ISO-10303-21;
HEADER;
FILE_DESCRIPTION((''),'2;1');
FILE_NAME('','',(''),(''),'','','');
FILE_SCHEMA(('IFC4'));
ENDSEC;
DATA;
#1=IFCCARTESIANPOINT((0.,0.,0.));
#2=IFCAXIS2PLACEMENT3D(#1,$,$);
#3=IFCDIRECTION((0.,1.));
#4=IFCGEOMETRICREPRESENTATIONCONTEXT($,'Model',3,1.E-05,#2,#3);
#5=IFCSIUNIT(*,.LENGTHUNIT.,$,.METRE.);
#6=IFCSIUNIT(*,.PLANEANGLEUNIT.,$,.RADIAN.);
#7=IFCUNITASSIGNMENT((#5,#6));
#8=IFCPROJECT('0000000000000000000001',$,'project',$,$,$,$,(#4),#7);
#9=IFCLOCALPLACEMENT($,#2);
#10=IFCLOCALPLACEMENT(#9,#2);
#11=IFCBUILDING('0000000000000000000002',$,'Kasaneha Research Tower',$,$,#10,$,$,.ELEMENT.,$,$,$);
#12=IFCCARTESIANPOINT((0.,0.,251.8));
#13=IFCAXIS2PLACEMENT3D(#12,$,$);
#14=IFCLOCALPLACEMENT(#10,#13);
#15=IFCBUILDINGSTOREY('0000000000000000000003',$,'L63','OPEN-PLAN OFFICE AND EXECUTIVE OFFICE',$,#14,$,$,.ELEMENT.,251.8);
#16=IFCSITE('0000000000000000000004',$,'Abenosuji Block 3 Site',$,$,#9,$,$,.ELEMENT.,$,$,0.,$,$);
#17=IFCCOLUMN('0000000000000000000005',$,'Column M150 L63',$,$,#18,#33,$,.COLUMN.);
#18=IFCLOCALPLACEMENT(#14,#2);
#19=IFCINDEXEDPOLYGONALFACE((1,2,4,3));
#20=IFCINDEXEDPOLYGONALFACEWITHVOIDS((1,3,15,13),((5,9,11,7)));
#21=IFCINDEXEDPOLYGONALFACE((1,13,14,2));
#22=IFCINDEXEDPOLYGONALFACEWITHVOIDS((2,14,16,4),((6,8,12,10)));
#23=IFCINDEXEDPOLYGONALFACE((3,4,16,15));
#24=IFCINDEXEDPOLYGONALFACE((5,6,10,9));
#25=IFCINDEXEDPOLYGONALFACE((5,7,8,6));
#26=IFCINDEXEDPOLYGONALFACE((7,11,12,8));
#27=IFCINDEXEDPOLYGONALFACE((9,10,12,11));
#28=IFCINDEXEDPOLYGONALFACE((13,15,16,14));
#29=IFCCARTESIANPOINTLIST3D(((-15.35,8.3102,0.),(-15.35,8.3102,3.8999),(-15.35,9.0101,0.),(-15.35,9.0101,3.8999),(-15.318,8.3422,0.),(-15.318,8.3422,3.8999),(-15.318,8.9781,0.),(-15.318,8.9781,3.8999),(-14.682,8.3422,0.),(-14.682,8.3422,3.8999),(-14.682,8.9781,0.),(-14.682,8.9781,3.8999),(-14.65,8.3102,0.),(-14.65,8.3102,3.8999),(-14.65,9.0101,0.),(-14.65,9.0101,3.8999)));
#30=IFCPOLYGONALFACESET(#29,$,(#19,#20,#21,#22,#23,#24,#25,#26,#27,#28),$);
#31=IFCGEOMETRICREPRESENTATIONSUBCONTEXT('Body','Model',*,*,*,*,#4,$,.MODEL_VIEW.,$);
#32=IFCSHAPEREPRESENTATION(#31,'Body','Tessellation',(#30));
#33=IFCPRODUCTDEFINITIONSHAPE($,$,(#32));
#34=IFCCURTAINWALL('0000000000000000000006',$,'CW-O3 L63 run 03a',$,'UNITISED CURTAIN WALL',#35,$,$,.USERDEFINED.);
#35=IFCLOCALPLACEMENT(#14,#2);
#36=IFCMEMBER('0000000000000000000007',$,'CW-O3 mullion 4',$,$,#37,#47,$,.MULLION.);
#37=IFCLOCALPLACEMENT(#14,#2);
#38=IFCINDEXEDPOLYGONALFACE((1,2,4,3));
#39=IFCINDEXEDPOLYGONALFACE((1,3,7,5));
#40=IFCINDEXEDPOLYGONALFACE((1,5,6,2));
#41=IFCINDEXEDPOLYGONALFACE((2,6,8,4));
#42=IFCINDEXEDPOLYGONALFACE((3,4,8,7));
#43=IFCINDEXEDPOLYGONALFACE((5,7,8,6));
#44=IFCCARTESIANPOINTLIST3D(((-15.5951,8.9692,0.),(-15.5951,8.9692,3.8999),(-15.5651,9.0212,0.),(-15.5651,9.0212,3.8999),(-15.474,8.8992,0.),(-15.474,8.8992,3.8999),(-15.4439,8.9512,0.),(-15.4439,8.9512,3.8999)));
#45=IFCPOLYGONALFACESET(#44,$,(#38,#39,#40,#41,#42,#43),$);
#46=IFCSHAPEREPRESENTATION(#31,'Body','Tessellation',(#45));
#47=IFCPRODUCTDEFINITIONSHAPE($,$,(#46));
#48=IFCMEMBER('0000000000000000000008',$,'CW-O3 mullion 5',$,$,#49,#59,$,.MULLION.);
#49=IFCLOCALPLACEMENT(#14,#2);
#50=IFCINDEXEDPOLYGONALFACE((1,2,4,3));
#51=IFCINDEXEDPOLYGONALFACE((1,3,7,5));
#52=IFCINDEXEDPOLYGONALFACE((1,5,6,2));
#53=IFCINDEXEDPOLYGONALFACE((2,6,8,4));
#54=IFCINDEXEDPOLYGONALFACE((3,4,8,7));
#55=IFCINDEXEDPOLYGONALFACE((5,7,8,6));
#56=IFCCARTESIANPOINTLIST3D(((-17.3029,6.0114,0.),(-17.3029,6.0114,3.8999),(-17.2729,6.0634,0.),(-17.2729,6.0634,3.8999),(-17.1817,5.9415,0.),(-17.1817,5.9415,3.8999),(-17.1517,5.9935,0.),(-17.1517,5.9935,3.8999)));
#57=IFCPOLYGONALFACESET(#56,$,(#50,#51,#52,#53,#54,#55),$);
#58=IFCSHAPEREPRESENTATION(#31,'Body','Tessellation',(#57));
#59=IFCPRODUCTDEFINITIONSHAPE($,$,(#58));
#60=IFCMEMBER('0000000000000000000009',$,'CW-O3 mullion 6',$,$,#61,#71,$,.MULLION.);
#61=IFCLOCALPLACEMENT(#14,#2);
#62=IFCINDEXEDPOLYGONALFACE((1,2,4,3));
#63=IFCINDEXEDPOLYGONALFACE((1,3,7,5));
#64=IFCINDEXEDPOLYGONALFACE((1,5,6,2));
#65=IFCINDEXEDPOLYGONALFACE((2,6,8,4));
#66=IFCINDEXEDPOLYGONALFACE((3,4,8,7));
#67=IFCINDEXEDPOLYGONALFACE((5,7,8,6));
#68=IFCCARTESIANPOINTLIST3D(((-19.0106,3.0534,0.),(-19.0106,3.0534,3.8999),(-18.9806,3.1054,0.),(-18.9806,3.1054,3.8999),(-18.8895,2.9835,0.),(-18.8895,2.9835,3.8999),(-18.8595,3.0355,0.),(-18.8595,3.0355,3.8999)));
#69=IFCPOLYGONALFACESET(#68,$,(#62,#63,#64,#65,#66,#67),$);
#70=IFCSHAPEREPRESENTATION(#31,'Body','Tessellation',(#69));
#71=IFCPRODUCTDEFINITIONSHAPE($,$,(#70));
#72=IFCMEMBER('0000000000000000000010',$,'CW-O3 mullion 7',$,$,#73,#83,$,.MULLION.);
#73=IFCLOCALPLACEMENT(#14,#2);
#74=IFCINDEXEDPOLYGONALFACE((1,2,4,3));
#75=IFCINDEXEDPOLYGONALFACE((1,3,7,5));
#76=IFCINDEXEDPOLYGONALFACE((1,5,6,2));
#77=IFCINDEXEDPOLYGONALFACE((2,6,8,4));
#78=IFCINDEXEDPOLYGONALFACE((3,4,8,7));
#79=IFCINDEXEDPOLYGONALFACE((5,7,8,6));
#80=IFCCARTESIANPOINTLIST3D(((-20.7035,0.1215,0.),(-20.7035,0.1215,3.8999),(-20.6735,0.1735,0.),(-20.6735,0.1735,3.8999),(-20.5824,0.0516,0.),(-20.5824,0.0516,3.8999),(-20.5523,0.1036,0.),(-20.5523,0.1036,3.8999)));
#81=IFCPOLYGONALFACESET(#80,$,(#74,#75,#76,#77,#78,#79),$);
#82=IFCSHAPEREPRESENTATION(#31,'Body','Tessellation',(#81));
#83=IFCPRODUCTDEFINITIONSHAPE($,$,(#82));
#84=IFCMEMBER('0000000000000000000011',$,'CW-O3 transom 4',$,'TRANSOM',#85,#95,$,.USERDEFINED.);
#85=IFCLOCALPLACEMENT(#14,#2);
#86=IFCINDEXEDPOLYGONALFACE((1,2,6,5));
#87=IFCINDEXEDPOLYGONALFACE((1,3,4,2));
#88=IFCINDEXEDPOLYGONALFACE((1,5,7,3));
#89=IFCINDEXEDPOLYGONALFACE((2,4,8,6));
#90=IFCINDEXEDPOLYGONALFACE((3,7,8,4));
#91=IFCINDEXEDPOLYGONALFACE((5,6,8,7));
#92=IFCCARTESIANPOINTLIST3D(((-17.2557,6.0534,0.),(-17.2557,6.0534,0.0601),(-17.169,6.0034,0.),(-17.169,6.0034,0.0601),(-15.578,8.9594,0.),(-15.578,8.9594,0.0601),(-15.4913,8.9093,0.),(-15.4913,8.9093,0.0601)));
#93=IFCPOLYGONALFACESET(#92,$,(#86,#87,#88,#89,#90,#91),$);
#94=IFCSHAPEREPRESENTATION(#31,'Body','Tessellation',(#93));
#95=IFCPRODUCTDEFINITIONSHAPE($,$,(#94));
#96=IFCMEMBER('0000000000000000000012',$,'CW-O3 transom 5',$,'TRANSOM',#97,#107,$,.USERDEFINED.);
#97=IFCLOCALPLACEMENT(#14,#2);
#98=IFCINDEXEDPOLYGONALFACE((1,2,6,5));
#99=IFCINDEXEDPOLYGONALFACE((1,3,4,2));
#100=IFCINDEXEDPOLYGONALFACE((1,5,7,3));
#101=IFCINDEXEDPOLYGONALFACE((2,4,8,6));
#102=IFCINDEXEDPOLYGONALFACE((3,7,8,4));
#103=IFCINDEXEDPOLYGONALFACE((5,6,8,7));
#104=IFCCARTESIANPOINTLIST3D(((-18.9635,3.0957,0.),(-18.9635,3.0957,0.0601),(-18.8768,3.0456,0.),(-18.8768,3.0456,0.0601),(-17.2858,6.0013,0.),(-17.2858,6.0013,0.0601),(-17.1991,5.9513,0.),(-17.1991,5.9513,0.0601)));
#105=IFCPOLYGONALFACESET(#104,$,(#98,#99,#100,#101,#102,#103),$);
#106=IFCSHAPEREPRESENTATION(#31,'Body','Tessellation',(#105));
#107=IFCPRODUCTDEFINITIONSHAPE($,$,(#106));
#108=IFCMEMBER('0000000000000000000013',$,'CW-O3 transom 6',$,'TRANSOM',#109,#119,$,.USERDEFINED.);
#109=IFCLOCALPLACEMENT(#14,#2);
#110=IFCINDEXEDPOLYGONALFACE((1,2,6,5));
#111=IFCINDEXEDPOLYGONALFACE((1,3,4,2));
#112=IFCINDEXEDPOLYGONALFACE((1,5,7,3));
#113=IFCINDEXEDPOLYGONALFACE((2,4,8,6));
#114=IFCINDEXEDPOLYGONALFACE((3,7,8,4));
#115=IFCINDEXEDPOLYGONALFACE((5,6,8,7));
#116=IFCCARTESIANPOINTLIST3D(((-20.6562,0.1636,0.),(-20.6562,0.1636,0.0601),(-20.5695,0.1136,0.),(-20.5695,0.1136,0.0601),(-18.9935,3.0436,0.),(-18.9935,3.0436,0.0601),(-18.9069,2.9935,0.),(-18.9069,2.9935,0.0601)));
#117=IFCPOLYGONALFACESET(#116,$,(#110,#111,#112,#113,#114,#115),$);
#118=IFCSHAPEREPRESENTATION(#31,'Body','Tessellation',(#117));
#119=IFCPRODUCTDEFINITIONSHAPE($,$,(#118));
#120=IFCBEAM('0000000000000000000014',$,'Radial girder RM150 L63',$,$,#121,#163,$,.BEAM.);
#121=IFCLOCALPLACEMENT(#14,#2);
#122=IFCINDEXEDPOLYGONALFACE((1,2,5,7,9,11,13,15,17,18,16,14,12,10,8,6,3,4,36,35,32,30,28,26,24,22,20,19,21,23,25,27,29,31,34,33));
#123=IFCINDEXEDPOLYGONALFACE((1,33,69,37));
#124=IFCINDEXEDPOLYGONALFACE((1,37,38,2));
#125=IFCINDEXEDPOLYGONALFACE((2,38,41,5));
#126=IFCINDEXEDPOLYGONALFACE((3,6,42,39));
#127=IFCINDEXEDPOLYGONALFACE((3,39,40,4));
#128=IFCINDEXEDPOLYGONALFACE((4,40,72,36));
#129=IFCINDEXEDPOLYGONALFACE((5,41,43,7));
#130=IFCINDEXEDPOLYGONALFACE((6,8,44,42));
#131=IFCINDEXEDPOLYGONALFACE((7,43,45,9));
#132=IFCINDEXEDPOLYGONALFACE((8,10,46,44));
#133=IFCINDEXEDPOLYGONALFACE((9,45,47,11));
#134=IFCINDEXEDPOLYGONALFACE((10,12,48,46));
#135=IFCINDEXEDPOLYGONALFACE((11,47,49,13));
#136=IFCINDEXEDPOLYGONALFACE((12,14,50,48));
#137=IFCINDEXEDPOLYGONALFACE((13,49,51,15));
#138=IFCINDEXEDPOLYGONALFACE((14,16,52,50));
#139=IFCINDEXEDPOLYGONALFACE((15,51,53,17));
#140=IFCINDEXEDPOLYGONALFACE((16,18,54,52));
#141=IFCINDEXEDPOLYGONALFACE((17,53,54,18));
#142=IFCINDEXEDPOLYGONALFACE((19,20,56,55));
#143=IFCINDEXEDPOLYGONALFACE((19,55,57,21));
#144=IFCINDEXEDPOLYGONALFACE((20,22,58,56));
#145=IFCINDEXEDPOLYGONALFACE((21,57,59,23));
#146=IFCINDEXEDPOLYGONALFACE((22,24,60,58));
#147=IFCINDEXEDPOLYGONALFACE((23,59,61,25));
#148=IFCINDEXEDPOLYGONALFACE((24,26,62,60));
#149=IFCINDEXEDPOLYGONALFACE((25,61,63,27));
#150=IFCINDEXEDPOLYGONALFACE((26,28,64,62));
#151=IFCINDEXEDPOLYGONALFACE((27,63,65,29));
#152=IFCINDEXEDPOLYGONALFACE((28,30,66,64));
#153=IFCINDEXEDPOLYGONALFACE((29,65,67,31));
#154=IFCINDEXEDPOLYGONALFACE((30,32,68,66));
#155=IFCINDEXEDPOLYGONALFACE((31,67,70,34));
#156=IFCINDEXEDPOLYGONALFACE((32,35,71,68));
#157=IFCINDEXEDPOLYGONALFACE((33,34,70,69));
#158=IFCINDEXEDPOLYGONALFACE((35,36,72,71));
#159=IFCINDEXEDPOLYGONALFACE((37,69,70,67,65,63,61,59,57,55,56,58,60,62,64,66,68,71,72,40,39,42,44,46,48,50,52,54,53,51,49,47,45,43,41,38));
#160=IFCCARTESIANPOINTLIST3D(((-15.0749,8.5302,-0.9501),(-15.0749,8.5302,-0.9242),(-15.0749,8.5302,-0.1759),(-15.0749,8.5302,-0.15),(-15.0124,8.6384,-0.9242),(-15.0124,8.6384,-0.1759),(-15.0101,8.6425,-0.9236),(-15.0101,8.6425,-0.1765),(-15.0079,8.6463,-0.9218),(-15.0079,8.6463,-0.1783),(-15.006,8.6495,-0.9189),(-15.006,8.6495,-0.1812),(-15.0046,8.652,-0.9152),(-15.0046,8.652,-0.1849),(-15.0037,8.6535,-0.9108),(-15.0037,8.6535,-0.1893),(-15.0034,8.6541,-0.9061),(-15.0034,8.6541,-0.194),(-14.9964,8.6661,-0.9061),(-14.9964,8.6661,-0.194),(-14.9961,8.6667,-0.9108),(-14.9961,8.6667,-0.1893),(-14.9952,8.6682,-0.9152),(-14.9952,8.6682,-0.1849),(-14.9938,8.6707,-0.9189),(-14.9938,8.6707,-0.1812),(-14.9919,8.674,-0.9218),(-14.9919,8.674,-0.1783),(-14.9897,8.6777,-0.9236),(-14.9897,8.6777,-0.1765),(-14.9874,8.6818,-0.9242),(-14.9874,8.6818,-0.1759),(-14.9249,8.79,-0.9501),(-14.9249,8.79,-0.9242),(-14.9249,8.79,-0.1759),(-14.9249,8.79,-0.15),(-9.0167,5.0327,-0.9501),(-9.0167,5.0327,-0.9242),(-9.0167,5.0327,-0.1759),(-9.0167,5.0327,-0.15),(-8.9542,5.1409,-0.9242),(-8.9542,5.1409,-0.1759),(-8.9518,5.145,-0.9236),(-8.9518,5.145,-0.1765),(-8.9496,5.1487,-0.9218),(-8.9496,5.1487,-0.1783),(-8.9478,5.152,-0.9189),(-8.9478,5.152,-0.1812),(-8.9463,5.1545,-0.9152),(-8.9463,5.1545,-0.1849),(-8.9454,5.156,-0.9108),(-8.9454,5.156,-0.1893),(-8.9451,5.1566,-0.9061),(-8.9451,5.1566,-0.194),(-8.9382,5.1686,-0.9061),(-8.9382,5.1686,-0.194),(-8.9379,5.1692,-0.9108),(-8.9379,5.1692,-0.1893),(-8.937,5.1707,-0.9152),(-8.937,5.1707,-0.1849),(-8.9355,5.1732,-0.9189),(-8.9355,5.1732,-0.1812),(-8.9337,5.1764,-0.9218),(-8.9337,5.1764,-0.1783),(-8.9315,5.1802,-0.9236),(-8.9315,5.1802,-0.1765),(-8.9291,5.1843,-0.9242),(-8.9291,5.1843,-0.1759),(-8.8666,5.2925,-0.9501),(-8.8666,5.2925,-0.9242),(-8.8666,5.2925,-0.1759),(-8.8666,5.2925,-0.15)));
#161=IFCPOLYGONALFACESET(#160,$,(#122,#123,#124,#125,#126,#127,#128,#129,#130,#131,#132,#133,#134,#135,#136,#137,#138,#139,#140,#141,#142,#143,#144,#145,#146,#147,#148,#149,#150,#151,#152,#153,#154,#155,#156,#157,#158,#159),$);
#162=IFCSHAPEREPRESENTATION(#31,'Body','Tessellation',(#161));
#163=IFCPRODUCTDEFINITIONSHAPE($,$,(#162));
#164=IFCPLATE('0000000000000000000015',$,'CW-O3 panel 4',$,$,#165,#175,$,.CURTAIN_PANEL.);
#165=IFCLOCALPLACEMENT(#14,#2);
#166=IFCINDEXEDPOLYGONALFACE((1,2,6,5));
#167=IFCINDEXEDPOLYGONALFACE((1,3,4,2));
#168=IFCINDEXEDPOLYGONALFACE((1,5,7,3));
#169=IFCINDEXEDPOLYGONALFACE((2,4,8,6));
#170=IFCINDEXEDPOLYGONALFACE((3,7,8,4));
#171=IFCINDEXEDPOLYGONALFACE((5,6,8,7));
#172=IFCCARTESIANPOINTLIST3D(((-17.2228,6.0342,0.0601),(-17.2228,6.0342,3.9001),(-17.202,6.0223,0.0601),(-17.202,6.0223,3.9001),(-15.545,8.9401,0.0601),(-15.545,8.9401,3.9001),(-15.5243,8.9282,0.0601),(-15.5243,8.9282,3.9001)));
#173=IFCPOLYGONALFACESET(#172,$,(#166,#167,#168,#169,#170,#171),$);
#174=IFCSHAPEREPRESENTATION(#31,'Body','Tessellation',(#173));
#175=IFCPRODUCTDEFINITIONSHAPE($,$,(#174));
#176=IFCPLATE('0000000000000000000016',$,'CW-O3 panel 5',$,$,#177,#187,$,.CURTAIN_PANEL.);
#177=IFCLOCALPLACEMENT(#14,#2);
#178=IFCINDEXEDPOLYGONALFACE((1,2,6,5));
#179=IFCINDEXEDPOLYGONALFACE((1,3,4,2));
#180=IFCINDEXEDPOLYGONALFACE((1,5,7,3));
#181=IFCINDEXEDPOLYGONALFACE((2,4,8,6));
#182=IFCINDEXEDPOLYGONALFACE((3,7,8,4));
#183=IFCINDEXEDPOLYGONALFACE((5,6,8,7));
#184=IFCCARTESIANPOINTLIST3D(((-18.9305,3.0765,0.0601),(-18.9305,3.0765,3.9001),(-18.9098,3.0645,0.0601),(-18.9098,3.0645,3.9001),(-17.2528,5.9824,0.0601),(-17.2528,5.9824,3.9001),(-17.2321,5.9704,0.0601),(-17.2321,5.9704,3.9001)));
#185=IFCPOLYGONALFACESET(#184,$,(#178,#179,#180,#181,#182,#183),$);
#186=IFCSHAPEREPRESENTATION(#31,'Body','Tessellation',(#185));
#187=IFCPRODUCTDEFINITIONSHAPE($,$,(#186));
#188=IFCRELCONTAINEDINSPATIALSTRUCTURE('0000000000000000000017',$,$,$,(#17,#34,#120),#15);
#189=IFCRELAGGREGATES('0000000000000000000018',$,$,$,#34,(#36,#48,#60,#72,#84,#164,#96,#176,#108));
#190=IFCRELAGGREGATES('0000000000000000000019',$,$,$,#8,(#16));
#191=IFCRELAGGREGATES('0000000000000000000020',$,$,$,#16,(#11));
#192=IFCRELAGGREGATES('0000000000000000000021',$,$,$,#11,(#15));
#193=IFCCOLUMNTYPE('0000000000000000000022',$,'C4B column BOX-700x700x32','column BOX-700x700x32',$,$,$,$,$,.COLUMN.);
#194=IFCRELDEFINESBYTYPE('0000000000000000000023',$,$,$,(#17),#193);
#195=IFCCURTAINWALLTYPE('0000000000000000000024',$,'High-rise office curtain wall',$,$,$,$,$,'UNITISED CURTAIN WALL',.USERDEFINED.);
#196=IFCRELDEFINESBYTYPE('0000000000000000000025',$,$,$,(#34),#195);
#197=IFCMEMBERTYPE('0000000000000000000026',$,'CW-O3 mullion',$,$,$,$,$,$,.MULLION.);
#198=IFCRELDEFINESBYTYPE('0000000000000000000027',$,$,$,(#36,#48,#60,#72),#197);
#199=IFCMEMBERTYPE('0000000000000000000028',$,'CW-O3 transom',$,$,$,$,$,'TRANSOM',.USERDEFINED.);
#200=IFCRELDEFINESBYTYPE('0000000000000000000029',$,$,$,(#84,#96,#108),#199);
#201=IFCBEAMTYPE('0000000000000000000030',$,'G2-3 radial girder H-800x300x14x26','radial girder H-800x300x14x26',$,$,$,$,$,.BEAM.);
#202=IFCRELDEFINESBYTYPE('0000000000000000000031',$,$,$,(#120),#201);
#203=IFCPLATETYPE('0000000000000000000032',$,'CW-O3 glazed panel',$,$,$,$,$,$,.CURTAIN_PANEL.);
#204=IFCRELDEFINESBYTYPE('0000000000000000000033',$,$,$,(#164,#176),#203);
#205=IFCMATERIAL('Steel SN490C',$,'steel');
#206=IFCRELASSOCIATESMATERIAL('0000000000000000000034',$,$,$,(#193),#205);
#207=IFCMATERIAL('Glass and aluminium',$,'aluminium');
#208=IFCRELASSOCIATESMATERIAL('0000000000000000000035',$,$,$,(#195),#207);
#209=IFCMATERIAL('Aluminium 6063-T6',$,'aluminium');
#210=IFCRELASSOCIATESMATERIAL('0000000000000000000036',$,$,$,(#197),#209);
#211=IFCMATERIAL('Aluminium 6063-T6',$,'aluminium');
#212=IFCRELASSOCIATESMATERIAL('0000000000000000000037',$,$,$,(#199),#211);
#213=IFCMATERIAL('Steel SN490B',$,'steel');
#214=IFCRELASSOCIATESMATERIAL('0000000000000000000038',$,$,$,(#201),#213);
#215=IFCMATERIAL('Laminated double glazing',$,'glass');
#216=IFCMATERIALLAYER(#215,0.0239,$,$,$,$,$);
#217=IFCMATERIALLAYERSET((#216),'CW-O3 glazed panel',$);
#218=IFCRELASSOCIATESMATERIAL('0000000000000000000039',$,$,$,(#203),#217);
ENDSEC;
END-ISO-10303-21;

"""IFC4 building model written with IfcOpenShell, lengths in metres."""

from ifc_helpers import new_model, si_unit, direction, frame, origin, origin_2d, place, context, subcontext, project, spatial, rectangle, hollow_rectangle, i_section, extrude, material, layer, layer_set, material_profile, profile_set, type_object, element, aggregate, save


model = new_model("IFC4")

# Units and contexts
model_context = context("Model", 3, precision=1e-05, world=origin(), true_north=direction((0.0, 1.0)))
body_context = subcontext(model_context, "Body", "Model", "MODEL_VIEW")
ifc_project = project(units=[si_unit("LENGTHUNIT", "METRE"), si_unit("PLANEANGLEUNIT", "RADIAN")], contexts=[model_context])

# Site, building, storey
site_placement = place(None, origin())
site = spatial("IfcSite", under=ifc_project, at=site_placement, Name="Abenosuji Block 3 Site", CompositionType="ELEMENT", RefElevation=0.0)
building_placement = place(site_placement, origin())
building = spatial("IfcBuilding", under=site, at=building_placement, Name="Kasaneha Research Tower", CompositionType="ELEMENT")
storey_placement = place(building_placement, frame((0.0, 0.0, 251.8)))
storey = spatial("IfcBuildingStorey", under=building, at=storey_placement, Name="L63", Description="OPEN-PLAN OFFICE AND EXECUTIVE OFFICE", CompositionType="ELEMENT", Elevation=251.8)

# Column
ifc_material_1 = material(Name="Steel SN490C", Category="steel")
ifc_material_profile_1 = material_profile(ifc_material_1, hollow_rectangle(XDim=0.7, YDim=0.7, WallThickness=0.032, at=origin_2d()), Name="BOX-700x700x32")
ifc_profile_set_1 = profile_set([ifc_material_profile_1], Name="Steel SN490C")
column_type = type_object("IfcColumnType", Name="C4B column BOX-700x700x32", Description="column BOX-700x700x32", PredefinedType="COLUMN", material=ifc_profile_set_1)
column_placement = place(storey_placement, frame((-15.0, 8.6602, 0.0), z_axis=(0.0, 0.0, 1.0), x_axis=(1.0, 0.0, 0.0)))
element("IfcColumn", 1, at=column_placement, inside=storey, type_object=column_type, Name="Column M150 L63", PredefinedType="COLUMN", context=body_context, shape_type="SweptSolid", body=[
    extrude(hollow_rectangle(XDim=0.7, YDim=0.7, WallThickness=0.032, at=origin_2d()), origin(), (0.0, 0.0, 1.0), 3.8999),
])

# Curtain wall, members
ifc_material_2 = material(Name="Glass and aluminium", Category="aluminium")
curtain_wall_type = type_object("IfcCurtainWallType", Name="High-rise office curtain wall", ElementType="UNITISED CURTAIN WALL", PredefinedType="USERDEFINED", material=ifc_material_2)
curtain_wall_placement = place(storey_placement, origin())
curtain_wall = element("IfcCurtainWall", 2, at=curtain_wall_placement, inside=storey, type_object=curtain_wall_type, Name="CW-O3 L63 run 03a", ObjectType="UNITISED CURTAIN WALL", PredefinedType="USERDEFINED")
ifc_material_3 = material(Name="Aluminium 6063-T6", Category="aluminium")
ifc_material_profile_2 = material_profile(ifc_material_3, rectangle(XDim=0.0601, YDim=0.1399, at=origin_2d()), Name="CW-O3 mullion 60x140")
ifc_profile_set_2 = profile_set([ifc_material_profile_2], Name="Aluminium 6063-T6")
member_type_1 = type_object("IfcMemberType", Name="CW-O3 mullion", PredefinedType="MULLION", material=ifc_profile_set_2)
member_1_placement = place(storey_placement, frame((-15.5195, 8.9602, 0.0), z_axis=(0.0, 0.0, 1.0), x_axis=(-0.5, -0.866025, 0.0)))
member_1 = element("IfcMember", 3, at=member_1_placement, type_object=member_type_1, Name="CW-O3 mullion 4", PredefinedType="MULLION", context=body_context, shape_type="SweptSolid", body=[
    extrude(rectangle(XDim=0.0601, YDim=0.1399, at=origin_2d()), origin(), (0.0, 0.0, 1.0), 3.8999),
])
member_2_placement = place(storey_placement, frame((-17.2273, 6.0024, 0.0), z_axis=(0.0, 0.0, 1.0), x_axis=(-0.5, -0.866025, 0.0)))
member_2 = element("IfcMember", 4, at=member_2_placement, type_object=member_type_1, Name="CW-O3 mullion 5", PredefinedType="MULLION", context=body_context, shape_type="SweptSolid", body=[
    extrude(rectangle(XDim=0.0601, YDim=0.1399, at=origin_2d()), origin(), (0.0, 0.0, 1.0), 3.8999),
])
member_3_placement = place(storey_placement, frame((-18.9351, 3.0444, 0.0), z_axis=(0.0, 0.0, 1.0), x_axis=(-0.5, -0.866025, 0.0)))
member_3 = element("IfcMember", 5, at=member_3_placement, type_object=member_type_1, Name="CW-O3 mullion 6", PredefinedType="MULLION", context=body_context, shape_type="SweptSolid", body=[
    extrude(rectangle(XDim=0.0601, YDim=0.1399, at=origin_2d()), origin(), (0.0, 0.0, 1.0), 3.8999),
])
member_4_placement = place(storey_placement, frame((-20.6279, 0.1125, 0.0), z_axis=(0.0, 0.0, 1.0), x_axis=(-0.5, -0.866025, 0.0)))
member_4 = element("IfcMember", 6, at=member_4_placement, type_object=member_type_1, Name="CW-O3 mullion 7", PredefinedType="MULLION", context=body_context, shape_type="SweptSolid", body=[
    extrude(rectangle(XDim=0.0601, YDim=0.1399, at=origin_2d()), origin(), (0.0, 0.0, 1.0), 3.8999),
])
ifc_material_4 = material(Name="Aluminium 6063-T6", Category="aluminium")
ifc_material_profile_3 = material_profile(ifc_material_4, rectangle(XDim=0.1001, YDim=0.0601, at=origin_2d()), Name="CW-O3 transom 100x60")
ifc_profile_set_3 = profile_set([ifc_material_profile_3], Name="Aluminium 6063-T6")
member_type_2 = type_object("IfcMemberType", Name="CW-O3 transom", ElementType="TRANSOM", PredefinedType="USERDEFINED", material=ifc_profile_set_3)
member_5_placement = place(storey_placement, frame((-15.5347, 8.9343, 0.03), z_axis=(-0.499989, -0.866032, 0.0), x_axis=(0.866032, -0.499989, 0.0)))
member_5 = element("IfcMember", 7, at=member_5_placement, type_object=member_type_2, Name="CW-O3 transom 4", ObjectType="TRANSOM", PredefinedType="USERDEFINED", context=body_context, shape_type="SweptSolid", body=[
    extrude(rectangle(XDim=0.1001, YDim=0.0601, at=origin_2d()), origin(), (0.0, 0.0, 1.0), 3.3555),
])
member_6_placement = place(storey_placement, frame((-17.2424, 5.9763, 0.03), z_axis=(-0.500021, -0.866014, 0.0), x_axis=(0.866014, -0.500021, 0.0)))
member_6 = element("IfcMember", 8, at=member_6_placement, type_object=member_type_2, Name="CW-O3 transom 5", ObjectType="TRANSOM", PredefinedType="USERDEFINED", context=body_context, shape_type="SweptSolid", body=[
    extrude(rectangle(XDim=0.1001, YDim=0.0601, at=origin_2d()), origin(), (0.0, 0.0, 1.0), 3.3552),
])
member_7_placement = place(storey_placement, frame((-18.9502, 3.0186, 0.03), z_axis=(-0.499977, -0.866039, 0.0), x_axis=(0.866039, -0.499977, 0.0)))
member_7 = element("IfcMember", 9, at=member_7_placement, type_object=member_type_2, Name="CW-O3 transom 6", ObjectType="TRANSOM", PredefinedType="USERDEFINED", context=body_context, shape_type="SweptSolid", body=[
    extrude(rectangle(XDim=0.1001, YDim=0.0601, at=origin_2d()), origin(), (0.0, 0.0, 1.0), 3.3254),
])

# Beam
ifc_material_5 = material(Name="Steel SN490B", Category="steel")
ifc_material_profile_4 = material_profile(ifc_material_5, i_section(OverallWidth=0.3, OverallDepth=0.8, WebThickness=0.0139, FlangeThickness=0.0259, FilletRadius=0.0181, at=origin_2d()), Name="H-800x300x14x26")
ifc_profile_set_4 = profile_set([ifc_material_profile_4], Name="Steel SN490B")
beam_type = type_object("IfcBeamType", Name="G2-3 radial girder H-800x300x14x26", Description="radial girder H-800x300x14x26", PredefinedType="BEAM", material=ifc_profile_set_4)
beam_placement = place(storey_placement, frame((-8.9417, 5.1626, -0.55), z_axis=(-0.86604, 0.499975, 0.0), x_axis=(-0.499975, -0.86604, 0.0)))
element("IfcBeam", 10, at=beam_placement, inside=storey, type_object=beam_type, Name="Radial girder RM150 L63", PredefinedType="BEAM", context=body_context, shape_type="SweptSolid", body=[
    extrude(i_section(OverallWidth=0.3, OverallDepth=0.8, WebThickness=0.0139, FlangeThickness=0.0259, FilletRadius=0.0181, at=origin_2d()), origin(), (0.0, 0.0, 1.0), 6.9954),
])

# Plates
ifc_material_6 = material(Name="Laminated double glazing", Category="glass")
ifc_layer_1 = layer(ifc_material_6, 0.0239)
ifc_layer_set_1 = layer_set([ifc_layer_1], Name="CW-O3 glazed panel")
plate_type = type_object("IfcPlateType", Name="CW-O3 glazed panel", PredefinedType="CURTAIN_PANEL", material=ifc_layer_set_1)
plate_1_placement = place(storey_placement, frame((-16.3735, 7.4812, 0.0601), z_axis=(0.0, 0.0, 1.0), x_axis=(-0.5, -0.866025, 0.0)))
plate_1 = element("IfcPlate", 11, at=plate_1_placement, type_object=plate_type, Name="CW-O3 panel 4", PredefinedType="CURTAIN_PANEL", context=body_context, shape_type="SweptSolid", body=[
    extrude(rectangle(XDim=3.3555, YDim=0.0239, at=origin_2d()), origin(), (0.0, 0.0, 1.0), 3.8401),
])
plate_2_placement = place(storey_placement, frame((-18.0813, 4.5234, 0.0601), z_axis=(0.0, 0.0, 1.0), x_axis=(-0.5, -0.866025, 0.0)))
plate_2 = element("IfcPlate", 12, at=plate_2_placement, type_object=plate_type, Name="CW-O3 panel 5", PredefinedType="CURTAIN_PANEL", context=body_context, shape_type="SweptSolid", body=[
    extrude(rectangle(XDim=3.3555, YDim=0.0239, at=origin_2d()), origin(), (0.0, 0.0, 1.0), 3.8401),
])
aggregate(curtain_wall, [member_1, member_2, member_3, member_4, member_5, plate_1, member_6, plate_2, member_7])

save(model, "model.ifc")
